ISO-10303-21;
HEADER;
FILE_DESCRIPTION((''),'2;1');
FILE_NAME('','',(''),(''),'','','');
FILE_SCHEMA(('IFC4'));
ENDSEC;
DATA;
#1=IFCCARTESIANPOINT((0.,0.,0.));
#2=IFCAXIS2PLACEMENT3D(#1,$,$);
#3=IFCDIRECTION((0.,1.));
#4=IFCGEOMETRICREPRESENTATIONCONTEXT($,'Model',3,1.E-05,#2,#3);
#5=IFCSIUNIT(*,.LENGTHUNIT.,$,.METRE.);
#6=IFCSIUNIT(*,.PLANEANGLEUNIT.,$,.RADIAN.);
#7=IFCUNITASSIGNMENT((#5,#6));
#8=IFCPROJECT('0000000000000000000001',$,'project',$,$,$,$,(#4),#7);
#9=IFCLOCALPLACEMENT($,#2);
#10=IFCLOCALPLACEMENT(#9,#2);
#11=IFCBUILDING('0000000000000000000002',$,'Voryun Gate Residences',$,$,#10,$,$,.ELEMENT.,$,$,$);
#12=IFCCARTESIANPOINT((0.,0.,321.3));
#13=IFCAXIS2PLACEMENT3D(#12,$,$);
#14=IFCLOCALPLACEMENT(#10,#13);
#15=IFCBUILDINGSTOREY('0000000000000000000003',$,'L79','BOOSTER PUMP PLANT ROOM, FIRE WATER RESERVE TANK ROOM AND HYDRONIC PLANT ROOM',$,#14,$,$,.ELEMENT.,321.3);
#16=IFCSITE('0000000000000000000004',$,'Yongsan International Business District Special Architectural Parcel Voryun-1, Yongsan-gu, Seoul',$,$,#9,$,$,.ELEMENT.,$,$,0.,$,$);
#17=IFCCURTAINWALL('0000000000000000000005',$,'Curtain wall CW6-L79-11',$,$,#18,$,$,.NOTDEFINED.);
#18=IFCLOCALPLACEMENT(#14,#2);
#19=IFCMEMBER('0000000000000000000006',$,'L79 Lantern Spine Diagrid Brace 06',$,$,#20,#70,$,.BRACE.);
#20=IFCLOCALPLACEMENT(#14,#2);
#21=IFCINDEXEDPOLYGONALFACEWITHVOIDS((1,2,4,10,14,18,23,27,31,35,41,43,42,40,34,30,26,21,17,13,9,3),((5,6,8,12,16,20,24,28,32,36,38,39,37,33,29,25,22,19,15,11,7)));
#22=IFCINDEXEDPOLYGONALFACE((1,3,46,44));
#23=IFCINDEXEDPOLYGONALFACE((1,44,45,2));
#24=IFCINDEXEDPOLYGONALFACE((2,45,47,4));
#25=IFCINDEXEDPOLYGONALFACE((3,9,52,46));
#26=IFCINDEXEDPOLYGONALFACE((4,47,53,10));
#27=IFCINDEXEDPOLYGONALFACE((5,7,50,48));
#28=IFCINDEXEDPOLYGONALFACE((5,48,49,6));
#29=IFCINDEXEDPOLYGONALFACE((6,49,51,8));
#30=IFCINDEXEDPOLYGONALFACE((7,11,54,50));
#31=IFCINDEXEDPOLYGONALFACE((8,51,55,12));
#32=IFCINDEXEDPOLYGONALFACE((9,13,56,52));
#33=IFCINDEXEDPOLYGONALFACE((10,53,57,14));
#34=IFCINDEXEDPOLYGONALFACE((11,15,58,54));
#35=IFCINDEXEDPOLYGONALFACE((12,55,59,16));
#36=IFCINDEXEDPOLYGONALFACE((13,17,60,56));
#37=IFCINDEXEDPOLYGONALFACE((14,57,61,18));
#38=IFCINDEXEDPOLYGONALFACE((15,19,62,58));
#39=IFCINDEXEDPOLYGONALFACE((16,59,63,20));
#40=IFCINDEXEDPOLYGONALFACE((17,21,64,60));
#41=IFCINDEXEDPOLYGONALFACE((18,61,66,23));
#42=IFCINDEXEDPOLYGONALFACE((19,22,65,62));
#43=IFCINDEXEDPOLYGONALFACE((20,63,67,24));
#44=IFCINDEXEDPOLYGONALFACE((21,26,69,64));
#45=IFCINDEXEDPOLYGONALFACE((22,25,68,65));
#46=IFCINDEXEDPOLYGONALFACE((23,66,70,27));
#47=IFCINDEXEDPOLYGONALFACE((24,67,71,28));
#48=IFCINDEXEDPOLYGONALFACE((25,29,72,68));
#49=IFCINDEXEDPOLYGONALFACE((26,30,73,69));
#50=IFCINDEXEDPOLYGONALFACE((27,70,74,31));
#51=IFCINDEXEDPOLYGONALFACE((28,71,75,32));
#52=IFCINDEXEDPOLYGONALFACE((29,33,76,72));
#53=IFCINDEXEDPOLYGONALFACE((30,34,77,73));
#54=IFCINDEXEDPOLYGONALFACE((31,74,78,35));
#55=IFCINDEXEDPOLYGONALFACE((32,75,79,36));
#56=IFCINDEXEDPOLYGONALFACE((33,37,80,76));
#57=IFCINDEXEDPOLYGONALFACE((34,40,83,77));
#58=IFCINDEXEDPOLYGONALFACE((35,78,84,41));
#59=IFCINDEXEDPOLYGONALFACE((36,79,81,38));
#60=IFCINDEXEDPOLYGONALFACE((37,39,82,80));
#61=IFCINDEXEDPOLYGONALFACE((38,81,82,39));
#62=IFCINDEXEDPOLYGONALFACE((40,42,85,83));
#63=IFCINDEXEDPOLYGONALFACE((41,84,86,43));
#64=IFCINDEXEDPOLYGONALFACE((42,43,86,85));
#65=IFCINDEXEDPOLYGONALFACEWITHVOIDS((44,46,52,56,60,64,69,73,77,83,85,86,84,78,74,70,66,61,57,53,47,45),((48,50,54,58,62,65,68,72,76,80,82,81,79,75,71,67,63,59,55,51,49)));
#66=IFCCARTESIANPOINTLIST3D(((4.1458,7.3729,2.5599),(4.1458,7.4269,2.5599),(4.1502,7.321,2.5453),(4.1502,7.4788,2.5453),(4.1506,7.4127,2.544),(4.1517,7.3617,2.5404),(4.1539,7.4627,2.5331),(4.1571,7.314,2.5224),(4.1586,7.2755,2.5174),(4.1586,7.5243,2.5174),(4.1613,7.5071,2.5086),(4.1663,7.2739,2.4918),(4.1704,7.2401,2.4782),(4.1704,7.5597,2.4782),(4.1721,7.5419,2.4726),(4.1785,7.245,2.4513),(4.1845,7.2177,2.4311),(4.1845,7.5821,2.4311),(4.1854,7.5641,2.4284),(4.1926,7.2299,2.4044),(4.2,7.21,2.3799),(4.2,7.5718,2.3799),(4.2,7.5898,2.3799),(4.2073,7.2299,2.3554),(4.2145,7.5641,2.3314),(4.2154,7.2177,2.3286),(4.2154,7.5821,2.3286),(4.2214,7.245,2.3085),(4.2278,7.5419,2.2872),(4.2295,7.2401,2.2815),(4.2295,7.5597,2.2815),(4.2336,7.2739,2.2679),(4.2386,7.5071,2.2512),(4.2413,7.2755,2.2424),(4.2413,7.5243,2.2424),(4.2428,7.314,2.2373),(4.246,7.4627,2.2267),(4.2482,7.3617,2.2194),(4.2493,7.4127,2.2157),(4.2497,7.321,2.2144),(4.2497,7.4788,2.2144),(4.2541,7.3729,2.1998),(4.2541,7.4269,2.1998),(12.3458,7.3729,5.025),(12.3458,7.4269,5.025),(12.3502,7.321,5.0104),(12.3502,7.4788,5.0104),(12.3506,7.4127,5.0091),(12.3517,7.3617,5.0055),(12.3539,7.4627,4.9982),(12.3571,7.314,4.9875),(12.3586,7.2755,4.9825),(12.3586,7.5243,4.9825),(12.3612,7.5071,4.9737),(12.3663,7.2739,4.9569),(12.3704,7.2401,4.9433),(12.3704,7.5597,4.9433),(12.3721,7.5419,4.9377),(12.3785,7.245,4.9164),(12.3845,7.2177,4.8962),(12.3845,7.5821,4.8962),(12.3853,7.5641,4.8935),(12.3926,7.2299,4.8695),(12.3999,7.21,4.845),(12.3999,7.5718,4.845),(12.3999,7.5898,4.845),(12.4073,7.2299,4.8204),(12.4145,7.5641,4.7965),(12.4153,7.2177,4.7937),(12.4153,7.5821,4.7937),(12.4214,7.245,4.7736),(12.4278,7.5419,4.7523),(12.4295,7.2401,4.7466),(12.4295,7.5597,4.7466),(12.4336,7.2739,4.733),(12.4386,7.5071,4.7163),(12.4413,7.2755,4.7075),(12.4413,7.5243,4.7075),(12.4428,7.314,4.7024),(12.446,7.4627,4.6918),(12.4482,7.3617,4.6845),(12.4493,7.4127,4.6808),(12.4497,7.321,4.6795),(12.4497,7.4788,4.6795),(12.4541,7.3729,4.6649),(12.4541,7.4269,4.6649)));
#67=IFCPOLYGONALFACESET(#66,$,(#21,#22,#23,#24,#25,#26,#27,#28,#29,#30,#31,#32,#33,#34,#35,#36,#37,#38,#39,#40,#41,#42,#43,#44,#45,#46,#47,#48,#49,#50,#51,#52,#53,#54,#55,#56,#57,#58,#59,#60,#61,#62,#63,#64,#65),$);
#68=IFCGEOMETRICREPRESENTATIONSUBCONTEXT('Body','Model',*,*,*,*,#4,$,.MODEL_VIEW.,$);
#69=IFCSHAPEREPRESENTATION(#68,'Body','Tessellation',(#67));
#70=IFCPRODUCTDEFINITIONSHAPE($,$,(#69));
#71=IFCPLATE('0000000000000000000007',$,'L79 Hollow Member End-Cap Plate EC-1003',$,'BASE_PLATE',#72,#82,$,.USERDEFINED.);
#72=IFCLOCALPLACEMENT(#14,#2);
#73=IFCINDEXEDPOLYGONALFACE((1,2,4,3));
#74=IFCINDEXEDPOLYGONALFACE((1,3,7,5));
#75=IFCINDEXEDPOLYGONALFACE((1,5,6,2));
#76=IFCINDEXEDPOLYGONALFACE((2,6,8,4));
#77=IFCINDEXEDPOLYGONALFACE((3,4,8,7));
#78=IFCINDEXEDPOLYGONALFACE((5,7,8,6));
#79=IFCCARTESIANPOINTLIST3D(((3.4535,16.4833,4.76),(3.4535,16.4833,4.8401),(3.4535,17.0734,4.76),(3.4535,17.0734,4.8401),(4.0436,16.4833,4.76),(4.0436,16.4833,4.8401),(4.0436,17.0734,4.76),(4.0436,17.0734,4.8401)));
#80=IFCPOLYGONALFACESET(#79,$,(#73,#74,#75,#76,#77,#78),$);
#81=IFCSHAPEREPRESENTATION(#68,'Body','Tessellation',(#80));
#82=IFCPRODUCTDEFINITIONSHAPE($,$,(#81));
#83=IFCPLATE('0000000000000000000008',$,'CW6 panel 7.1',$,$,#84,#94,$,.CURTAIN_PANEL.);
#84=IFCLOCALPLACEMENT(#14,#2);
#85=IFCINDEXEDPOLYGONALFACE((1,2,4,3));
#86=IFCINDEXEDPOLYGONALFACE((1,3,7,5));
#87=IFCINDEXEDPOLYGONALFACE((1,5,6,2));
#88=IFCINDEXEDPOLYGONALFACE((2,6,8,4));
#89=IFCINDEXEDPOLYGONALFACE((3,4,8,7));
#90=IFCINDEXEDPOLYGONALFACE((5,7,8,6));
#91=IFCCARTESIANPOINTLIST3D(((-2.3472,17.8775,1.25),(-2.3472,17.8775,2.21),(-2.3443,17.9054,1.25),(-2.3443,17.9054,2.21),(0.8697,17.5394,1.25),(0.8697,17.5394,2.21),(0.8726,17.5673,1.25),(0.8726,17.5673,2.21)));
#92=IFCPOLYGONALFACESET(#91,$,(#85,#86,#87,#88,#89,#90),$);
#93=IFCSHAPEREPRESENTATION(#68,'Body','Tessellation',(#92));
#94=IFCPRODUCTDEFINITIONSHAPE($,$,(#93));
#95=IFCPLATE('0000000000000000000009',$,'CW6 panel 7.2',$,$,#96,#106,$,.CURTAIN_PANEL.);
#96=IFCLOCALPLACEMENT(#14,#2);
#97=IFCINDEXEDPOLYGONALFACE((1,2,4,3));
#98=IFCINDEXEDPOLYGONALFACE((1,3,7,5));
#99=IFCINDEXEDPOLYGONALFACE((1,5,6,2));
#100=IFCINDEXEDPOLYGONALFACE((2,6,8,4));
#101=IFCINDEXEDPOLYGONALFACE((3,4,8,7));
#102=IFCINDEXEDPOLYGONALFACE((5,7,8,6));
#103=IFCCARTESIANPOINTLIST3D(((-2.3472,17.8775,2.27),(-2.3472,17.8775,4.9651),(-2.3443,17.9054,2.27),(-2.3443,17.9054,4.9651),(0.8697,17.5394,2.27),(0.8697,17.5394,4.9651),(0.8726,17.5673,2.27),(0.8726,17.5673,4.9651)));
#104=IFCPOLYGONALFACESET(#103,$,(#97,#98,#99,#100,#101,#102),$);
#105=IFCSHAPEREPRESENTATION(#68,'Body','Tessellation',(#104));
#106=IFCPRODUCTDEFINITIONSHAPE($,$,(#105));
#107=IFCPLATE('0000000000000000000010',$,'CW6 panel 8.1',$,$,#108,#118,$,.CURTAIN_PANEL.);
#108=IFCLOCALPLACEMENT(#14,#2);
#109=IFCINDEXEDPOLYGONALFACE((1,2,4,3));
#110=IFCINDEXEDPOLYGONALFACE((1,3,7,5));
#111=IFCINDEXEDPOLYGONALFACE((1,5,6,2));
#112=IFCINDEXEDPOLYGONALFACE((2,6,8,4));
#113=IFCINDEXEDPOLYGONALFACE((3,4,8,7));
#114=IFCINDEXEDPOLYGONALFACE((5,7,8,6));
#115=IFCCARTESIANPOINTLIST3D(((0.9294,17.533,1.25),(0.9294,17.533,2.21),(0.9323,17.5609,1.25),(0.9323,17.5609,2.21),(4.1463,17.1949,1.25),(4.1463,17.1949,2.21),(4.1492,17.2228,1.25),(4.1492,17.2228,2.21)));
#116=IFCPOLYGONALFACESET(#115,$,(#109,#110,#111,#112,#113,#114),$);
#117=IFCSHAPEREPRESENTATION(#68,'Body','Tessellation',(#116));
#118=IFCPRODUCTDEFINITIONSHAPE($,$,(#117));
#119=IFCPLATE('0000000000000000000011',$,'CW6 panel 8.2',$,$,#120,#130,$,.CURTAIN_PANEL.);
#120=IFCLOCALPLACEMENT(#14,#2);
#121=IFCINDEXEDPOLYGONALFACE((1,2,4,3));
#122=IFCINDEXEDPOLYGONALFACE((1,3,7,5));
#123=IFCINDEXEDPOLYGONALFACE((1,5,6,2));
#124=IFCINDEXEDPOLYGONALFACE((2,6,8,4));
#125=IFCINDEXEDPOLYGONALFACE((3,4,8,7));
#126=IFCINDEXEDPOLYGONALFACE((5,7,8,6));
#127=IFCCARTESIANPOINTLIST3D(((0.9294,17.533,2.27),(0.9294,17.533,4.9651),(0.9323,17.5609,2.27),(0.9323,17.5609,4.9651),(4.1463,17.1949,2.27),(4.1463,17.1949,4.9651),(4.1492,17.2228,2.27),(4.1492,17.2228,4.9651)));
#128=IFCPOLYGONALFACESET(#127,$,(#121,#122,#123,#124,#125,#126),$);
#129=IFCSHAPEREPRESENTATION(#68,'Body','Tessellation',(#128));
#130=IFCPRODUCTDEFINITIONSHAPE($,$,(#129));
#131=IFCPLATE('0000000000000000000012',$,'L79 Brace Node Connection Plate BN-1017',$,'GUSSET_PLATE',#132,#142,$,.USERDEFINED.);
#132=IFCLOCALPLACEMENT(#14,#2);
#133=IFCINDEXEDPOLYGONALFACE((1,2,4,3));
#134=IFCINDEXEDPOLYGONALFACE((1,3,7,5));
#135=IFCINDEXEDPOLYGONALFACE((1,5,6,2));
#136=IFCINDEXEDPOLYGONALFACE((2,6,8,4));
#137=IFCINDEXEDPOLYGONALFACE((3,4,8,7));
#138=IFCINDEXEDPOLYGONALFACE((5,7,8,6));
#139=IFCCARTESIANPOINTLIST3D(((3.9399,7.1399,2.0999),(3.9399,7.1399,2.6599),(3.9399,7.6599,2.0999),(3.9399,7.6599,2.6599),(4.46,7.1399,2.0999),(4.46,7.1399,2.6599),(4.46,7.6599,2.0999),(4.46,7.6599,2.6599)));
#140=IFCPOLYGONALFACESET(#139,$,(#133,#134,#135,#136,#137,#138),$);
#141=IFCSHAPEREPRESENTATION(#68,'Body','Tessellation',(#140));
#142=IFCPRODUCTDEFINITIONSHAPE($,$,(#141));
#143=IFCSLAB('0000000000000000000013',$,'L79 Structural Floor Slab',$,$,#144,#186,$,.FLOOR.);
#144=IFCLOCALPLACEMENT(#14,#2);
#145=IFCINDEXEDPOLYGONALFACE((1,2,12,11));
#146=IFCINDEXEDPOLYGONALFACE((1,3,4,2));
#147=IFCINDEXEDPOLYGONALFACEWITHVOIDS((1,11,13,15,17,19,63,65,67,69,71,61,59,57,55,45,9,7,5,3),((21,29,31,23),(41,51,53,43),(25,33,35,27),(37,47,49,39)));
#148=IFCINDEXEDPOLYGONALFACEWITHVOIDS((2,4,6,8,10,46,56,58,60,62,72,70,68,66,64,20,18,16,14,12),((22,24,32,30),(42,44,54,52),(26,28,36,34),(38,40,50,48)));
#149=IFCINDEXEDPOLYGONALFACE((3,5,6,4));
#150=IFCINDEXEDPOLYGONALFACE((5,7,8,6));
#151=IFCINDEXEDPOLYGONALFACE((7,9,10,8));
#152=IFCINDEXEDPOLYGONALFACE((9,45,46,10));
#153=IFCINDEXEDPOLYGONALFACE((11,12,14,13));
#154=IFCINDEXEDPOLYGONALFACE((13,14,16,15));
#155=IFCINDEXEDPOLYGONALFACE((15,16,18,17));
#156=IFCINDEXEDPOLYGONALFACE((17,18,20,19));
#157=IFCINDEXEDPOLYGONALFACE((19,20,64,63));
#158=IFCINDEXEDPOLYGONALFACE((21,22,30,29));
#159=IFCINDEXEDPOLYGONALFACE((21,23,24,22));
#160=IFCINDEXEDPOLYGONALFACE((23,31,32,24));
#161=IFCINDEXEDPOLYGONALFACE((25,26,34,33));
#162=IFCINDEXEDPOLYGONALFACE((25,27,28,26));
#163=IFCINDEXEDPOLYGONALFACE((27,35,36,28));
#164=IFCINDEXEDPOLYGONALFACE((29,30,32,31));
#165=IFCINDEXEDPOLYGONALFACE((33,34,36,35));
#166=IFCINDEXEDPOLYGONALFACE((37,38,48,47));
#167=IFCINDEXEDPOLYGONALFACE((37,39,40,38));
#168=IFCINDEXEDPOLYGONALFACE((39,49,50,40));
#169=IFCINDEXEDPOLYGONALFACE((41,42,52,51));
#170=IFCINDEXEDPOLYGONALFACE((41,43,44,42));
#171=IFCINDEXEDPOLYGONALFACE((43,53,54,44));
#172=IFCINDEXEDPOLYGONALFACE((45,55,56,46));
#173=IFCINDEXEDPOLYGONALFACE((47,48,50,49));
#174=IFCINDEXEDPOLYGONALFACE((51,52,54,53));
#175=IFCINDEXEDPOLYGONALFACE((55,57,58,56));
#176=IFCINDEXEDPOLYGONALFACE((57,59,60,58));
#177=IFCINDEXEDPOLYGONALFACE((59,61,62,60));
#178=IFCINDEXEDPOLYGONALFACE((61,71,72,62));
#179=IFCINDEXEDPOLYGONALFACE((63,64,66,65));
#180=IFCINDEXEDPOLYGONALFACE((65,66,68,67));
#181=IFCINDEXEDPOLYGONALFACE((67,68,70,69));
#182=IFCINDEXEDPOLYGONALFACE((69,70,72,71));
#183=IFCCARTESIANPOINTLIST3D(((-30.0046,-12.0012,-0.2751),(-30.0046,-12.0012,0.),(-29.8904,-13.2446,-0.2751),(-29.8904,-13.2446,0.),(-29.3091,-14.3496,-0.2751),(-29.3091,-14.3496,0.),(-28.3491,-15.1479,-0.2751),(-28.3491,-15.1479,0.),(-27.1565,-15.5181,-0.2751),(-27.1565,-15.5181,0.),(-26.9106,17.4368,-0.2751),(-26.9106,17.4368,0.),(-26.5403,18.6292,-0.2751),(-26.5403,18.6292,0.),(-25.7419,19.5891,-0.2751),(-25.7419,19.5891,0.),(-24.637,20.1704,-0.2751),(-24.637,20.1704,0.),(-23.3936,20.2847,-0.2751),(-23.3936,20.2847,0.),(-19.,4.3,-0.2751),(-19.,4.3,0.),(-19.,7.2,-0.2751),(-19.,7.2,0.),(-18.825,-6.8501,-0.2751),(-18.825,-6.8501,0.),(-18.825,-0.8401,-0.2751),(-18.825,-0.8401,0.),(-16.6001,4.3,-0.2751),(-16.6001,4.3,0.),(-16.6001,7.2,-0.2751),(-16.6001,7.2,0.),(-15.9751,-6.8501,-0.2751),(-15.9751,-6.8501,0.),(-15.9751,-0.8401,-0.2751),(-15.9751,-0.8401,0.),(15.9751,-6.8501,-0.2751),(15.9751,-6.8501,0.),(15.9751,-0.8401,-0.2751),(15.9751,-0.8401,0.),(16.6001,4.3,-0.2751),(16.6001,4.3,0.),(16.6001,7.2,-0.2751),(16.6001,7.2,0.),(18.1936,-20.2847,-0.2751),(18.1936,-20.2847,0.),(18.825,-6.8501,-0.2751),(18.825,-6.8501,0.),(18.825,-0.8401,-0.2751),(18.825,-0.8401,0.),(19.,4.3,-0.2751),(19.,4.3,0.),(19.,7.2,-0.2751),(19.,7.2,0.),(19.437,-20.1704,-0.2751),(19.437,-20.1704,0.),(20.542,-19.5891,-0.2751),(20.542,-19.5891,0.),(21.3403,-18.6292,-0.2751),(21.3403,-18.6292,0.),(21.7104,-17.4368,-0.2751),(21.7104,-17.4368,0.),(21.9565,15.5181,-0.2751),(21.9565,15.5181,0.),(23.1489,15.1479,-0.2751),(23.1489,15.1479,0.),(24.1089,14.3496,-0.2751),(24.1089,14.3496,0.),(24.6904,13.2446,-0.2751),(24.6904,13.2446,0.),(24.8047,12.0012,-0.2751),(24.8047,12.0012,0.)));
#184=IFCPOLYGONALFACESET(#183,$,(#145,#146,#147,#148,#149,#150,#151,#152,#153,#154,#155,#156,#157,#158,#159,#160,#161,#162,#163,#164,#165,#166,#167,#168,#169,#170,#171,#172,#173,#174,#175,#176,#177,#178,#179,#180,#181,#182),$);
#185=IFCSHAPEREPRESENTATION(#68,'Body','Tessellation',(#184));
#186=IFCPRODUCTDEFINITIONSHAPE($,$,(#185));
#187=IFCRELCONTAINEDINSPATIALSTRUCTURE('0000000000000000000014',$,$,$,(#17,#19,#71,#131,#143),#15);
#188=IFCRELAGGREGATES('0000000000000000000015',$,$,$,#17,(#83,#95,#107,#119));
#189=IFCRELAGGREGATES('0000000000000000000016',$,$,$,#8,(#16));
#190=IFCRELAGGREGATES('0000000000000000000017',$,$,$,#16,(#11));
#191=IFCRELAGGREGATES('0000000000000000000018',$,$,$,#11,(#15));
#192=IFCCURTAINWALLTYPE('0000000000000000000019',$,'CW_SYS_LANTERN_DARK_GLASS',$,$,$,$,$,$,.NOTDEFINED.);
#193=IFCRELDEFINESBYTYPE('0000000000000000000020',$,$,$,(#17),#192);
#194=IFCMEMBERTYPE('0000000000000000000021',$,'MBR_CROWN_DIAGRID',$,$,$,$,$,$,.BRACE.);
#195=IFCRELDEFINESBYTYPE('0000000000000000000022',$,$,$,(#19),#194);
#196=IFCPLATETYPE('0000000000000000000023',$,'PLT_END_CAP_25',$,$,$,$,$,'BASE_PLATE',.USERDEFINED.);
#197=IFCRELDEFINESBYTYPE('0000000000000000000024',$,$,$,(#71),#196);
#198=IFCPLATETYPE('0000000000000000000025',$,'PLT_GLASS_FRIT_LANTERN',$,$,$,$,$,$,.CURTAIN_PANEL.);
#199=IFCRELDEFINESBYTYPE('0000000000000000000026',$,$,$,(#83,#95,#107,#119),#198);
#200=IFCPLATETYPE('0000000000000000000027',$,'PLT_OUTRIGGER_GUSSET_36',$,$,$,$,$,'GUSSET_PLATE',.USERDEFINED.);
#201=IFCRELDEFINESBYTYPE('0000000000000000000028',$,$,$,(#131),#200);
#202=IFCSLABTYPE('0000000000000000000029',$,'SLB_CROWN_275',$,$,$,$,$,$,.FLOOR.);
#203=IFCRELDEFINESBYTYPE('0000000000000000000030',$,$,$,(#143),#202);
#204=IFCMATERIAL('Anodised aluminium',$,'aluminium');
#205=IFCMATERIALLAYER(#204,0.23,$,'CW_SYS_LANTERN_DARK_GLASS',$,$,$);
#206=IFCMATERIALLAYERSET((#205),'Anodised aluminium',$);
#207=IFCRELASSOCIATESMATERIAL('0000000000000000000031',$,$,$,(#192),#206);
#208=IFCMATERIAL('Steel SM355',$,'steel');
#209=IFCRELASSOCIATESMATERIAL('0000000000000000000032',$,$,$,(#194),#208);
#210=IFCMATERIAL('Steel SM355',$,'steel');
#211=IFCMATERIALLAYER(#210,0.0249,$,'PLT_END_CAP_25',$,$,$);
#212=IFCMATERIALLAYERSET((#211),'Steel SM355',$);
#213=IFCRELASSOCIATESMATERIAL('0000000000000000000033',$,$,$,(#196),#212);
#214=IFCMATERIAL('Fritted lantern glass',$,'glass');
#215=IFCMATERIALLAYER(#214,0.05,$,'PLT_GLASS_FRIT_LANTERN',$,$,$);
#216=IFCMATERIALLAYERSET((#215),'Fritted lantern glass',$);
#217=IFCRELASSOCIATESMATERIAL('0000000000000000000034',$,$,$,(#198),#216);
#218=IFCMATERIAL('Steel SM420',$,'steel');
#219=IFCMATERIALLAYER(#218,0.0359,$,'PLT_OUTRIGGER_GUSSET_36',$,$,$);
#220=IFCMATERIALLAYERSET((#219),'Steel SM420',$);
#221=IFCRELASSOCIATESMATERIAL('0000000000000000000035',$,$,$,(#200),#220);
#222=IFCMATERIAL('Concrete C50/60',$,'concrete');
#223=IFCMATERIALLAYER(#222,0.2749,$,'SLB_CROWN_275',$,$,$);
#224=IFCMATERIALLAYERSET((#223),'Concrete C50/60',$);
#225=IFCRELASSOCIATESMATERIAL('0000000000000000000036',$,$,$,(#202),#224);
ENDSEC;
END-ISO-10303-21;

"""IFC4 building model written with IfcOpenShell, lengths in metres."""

from ifc_helpers import new_model, si_unit, direction, frame, origin, origin_2d, place, context, subcontext, project, spatial, polyline, rectangle, hollow_circle, outline, extrude, material, layer, layer_set, material_profile, profile_set, type_object, element, aggregate, save


model = new_model("IFC4")

# Units and contexts
model_context = context("Model", 3, precision=1e-05, world=origin(), true_north=direction((0.0, 1.0)))
body_context = subcontext(model_context, "Body", "Model", "MODEL_VIEW")
ifc_project = project(units=[si_unit("LENGTHUNIT", "METRE"), si_unit("PLANEANGLEUNIT", "RADIAN")], contexts=[model_context])

# Site, building, storey
site_placement = place(None, origin())
site = spatial("IfcSite", under=ifc_project, at=site_placement, Name="Yongsan International Business District Special Architectural Parcel Voryun-1, Yongsan-gu, Seoul", CompositionType="ELEMENT", RefElevation=0.0)
building_placement = place(site_placement, origin())
building = spatial("IfcBuilding", under=site, at=building_placement, Name="Voryun Gate Residences", CompositionType="ELEMENT")
storey_placement = place(building_placement, frame((0.0, 0.0, 321.3)))
storey = spatial("IfcBuildingStorey", under=building, at=storey_placement, Name="L79", Description="BOOSTER PUMP PLANT ROOM, FIRE WATER RESERVE TANK ROOM AND HYDRONIC PLANT ROOM", CompositionType="ELEMENT", Elevation=321.3)

# Curtain wall
ifc_material_1 = material(Name="Anodised aluminium", Category="aluminium")
ifc_layer_1 = layer(ifc_material_1, 0.23, Name="CW_SYS_LANTERN_DARK_GLASS")
ifc_layer_set_1 = layer_set([ifc_layer_1], Name="Anodised aluminium")
curtain_wall_type = type_object("IfcCurtainWallType", Name="CW_SYS_LANTERN_DARK_GLASS", PredefinedType="NOTDEFINED", material=ifc_layer_set_1)
curtain_wall_placement = place(storey_placement, origin())
curtain_wall = element("IfcCurtainWall", 1, at=curtain_wall_placement, inside=storey, type_object=curtain_wall_type, Name="Curtain wall CW6-L79-11", PredefinedType="NOTDEFINED")

# Member
ifc_material_2 = material(Name="Steel SM355", Category="steel")
ifc_material_profile_1 = material_profile(ifc_material_2, hollow_circle(Radius=0.1899, WallThickness=0.0181, at=origin_2d()), Name="CHS-380x18")
ifc_profile_set_1 = profile_set([ifc_material_profile_1], Name="Steel SM355")
member_type_1 = type_object("IfcMemberType", Name="MBR_CROWN_DIAGRID", PredefinedType="BRACE", material=ifc_profile_set_1)
member_1_placement = place(storey_placement, frame((4.2, 7.3999, 2.3799), z_axis=(0.957662, 0.0, 0.287895), x_axis=(0.0, 1.0, 0.0)))
element("IfcMember", 2, at=member_1_placement, inside=storey, type_object=member_type_1, Name="L79 Lantern Spine Diagrid Brace 06", PredefinedType="BRACE", context=body_context, shape_type="SweptSolid", body=[
    extrude(hollow_circle(Radius=0.1899, WallThickness=0.0181, at=origin_2d()), origin(), (0.0, 0.0, 1.0), 8.5625),
])

# Plates
ifc_material_3 = material(Name="Steel SM355", Category="steel")
ifc_layer_2 = layer(ifc_material_3, 0.0249, Name="PLT_END_CAP_25")
ifc_layer_set_2 = layer_set([ifc_layer_2], Name="Steel SM355")
plate_type_1 = type_object("IfcPlateType", Name="PLT_END_CAP_25", ElementType="BASE_PLATE", PredefinedType="USERDEFINED", material=ifc_layer_set_2)
plate_1_placement = place(storey_placement, frame((3.7485, 16.7783, 4.76), z_axis=(0.0, 0.0, 1.0), x_axis=(1.0, 0.0, 0.0)))
element("IfcPlate", 3, at=plate_1_placement, inside=storey, type_object=plate_type_1, Name="L79 Hollow Member End-Cap Plate EC-1003", ObjectType="BASE_PLATE", PredefinedType="USERDEFINED", context=body_context, shape_type="SweptSolid", body=[
    extrude(rectangle(XDim=0.5901, YDim=0.5901, at=origin_2d()), origin(), (0.0, 0.0, 1.0), 0.0801),
])
ifc_material_4 = material(Name="Fritted lantern glass", Category="glass")
ifc_layer_3 = layer(ifc_material_4, 0.05, Name="PLT_GLASS_FRIT_LANTERN")
ifc_layer_set_3 = layer_set([ifc_layer_3], Name="Fritted lantern glass")
plate_type_2 = type_object("IfcPlateType", Name="PLT_GLASS_FRIT_LANTERN", PredefinedType="CURTAIN_PANEL", material=ifc_layer_set_3)
plate_2_placement = place(storey_placement, frame((-0.7373, 17.7224, 1.25), z_axis=(0.0, 0.0, 1.0), x_axis=(0.994522, -0.104528, 0.0)))
plate_2 = element("IfcPlate", 4, at=plate_2_placement, type_object=plate_type_2, Name="CW6 panel 7.1", PredefinedType="CURTAIN_PANEL", context=body_context, shape_type="SweptSolid", body=[
    extrude(rectangle(XDim=3.2346, YDim=0.0281, at=origin_2d()), origin(), (0.0, 0.0, 1.0), 0.96),
])
plate_3_placement = place(storey_placement, frame((-0.7373, 17.7224, 2.27), z_axis=(0.0, 0.0, 1.0), x_axis=(0.994522, -0.104528, 0.0)))
plate_3 = element("IfcPlate", 5, at=plate_3_placement, type_object=plate_type_2, Name="CW6 panel 7.2", PredefinedType="CURTAIN_PANEL", context=body_context, shape_type="SweptSolid", body=[
    extrude(rectangle(XDim=3.2346, YDim=0.0281, at=origin_2d()), origin(), (0.0, 0.0, 1.0), 2.6951),
])
plate_4_placement = place(storey_placement, frame((2.5393, 17.3779, 1.25), z_axis=(0.0, 0.0, 1.0), x_axis=(0.994522, -0.104528, 0.0)))
plate_4 = element("IfcPlate", 6, at=plate_4_placement, type_object=plate_type_2, Name="CW6 panel 8.1", PredefinedType="CURTAIN_PANEL", context=body_context, shape_type="SweptSolid", body=[
    extrude(rectangle(XDim=3.2346, YDim=0.0281, at=origin_2d()), origin(), (0.0, 0.0, 1.0), 0.96),
])
plate_5_placement = place(storey_placement, frame((2.5393, 17.3779, 2.27), z_axis=(0.0, 0.0, 1.0), x_axis=(0.994522, -0.104528, 0.0)))
plate_5 = element("IfcPlate", 7, at=plate_5_placement, type_object=plate_type_2, Name="CW6 panel 8.2", PredefinedType="CURTAIN_PANEL", context=body_context, shape_type="SweptSolid", body=[
    extrude(rectangle(XDim=3.2346, YDim=0.0281, at=origin_2d()), origin(), (0.0, 0.0, 1.0), 2.6951),
])
aggregate(curtain_wall, [plate_2, plate_3, plate_4, plate_5])
ifc_material_5 = material(Name="Steel SM420", Category="steel")
ifc_layer_4 = layer(ifc_material_5, 0.0359, Name="PLT_OUTRIGGER_GUSSET_36")
ifc_layer_set_4 = layer_set([ifc_layer_4], Name="Steel SM420")
plate_type_3 = type_object("IfcPlateType", Name="PLT_OUTRIGGER_GUSSET_36", ElementType="GUSSET_PLATE", PredefinedType="USERDEFINED", material=ifc_layer_set_4)
plate_6_placement = place(storey_placement, frame((4.2, 7.3999, 2.0999), z_axis=(0.0, 0.0, 1.0), x_axis=(1.0, 0.0, 0.0)))
element("IfcPlate", 8, at=plate_6_placement, inside=storey, type_object=plate_type_3, Name="L79 Brace Node Connection Plate BN-1017", ObjectType="GUSSET_PLATE", PredefinedType="USERDEFINED", context=body_context, shape_type="SweptSolid", body=[
    extrude(rectangle(XDim=0.52, YDim=0.52, at=origin_2d()), origin(), (0.0, 0.0, 1.0), 0.5601),
])

# Slab
ifc_material_6 = material(Name="Concrete C50/60", Category="concrete")
ifc_layer_5 = layer(ifc_material_6, 0.2749, Name="SLB_CROWN_275")
ifc_layer_set_5 = layer_set([ifc_layer_5], Name="Concrete C50/60")
slab_type_1 = type_object("IfcSlabType", Name="SLB_CROWN_275", PredefinedType="FLOOR", material=ifc_layer_set_5)
slab_1_placement = place(storey_placement, frame((0.0, 0.0, -0.2751)))
element("IfcSlab", 9, at=slab_1_placement, inside=storey, type_object=slab_type_1, Name="L79 Structural Floor Slab", PredefinedType="FLOOR", context=body_context, shape_type="SweptSolid", body=[
    extrude(outline(polyline([(-27.1565, -15.5181), (-28.3491, -15.1479), (-29.3091, -14.3496), (-29.8904, -13.2446), (-30.0046, -12.0012), (-26.9106, 17.4368), (-26.5403, 18.6292), (-25.7419, 19.5891), (-24.637, 20.1704), (-23.3936, 20.2847), (21.9565, 15.5181), (23.1489, 15.1479), (24.1089, 14.3496), (24.6904, 13.2446), (24.8047, 12.0012), (21.7104, -17.4368), (21.3403, -18.6292), (20.542, -19.5891), (19.437, -20.1704), (18.1936, -20.2847), (-27.1565, -15.5181)]), holes=[polyline([(-15.9751, -0.8401), (-18.825, -0.8401), (-18.825, -6.8501), (-15.9751, -6.8501), (-15.9751, -0.8401)]), polyline([(18.825, -0.8401), (15.9751, -0.8401), (15.9751, -6.8501), (18.825, -6.8501), (18.825, -0.8401)]), polyline([(-19.0, 7.2), (-19.0, 4.3), (-16.6001, 4.3), (-16.6001, 7.2), (-19.0, 7.2)]), polyline([(16.6001, 7.2), (16.6001, 4.3), (19.0, 4.3), (19.0, 7.2), (16.6001, 7.2)])]), origin(), (0.0, 0.0, 1.0), 0.2751),
])

save(model, "model.ifc")
